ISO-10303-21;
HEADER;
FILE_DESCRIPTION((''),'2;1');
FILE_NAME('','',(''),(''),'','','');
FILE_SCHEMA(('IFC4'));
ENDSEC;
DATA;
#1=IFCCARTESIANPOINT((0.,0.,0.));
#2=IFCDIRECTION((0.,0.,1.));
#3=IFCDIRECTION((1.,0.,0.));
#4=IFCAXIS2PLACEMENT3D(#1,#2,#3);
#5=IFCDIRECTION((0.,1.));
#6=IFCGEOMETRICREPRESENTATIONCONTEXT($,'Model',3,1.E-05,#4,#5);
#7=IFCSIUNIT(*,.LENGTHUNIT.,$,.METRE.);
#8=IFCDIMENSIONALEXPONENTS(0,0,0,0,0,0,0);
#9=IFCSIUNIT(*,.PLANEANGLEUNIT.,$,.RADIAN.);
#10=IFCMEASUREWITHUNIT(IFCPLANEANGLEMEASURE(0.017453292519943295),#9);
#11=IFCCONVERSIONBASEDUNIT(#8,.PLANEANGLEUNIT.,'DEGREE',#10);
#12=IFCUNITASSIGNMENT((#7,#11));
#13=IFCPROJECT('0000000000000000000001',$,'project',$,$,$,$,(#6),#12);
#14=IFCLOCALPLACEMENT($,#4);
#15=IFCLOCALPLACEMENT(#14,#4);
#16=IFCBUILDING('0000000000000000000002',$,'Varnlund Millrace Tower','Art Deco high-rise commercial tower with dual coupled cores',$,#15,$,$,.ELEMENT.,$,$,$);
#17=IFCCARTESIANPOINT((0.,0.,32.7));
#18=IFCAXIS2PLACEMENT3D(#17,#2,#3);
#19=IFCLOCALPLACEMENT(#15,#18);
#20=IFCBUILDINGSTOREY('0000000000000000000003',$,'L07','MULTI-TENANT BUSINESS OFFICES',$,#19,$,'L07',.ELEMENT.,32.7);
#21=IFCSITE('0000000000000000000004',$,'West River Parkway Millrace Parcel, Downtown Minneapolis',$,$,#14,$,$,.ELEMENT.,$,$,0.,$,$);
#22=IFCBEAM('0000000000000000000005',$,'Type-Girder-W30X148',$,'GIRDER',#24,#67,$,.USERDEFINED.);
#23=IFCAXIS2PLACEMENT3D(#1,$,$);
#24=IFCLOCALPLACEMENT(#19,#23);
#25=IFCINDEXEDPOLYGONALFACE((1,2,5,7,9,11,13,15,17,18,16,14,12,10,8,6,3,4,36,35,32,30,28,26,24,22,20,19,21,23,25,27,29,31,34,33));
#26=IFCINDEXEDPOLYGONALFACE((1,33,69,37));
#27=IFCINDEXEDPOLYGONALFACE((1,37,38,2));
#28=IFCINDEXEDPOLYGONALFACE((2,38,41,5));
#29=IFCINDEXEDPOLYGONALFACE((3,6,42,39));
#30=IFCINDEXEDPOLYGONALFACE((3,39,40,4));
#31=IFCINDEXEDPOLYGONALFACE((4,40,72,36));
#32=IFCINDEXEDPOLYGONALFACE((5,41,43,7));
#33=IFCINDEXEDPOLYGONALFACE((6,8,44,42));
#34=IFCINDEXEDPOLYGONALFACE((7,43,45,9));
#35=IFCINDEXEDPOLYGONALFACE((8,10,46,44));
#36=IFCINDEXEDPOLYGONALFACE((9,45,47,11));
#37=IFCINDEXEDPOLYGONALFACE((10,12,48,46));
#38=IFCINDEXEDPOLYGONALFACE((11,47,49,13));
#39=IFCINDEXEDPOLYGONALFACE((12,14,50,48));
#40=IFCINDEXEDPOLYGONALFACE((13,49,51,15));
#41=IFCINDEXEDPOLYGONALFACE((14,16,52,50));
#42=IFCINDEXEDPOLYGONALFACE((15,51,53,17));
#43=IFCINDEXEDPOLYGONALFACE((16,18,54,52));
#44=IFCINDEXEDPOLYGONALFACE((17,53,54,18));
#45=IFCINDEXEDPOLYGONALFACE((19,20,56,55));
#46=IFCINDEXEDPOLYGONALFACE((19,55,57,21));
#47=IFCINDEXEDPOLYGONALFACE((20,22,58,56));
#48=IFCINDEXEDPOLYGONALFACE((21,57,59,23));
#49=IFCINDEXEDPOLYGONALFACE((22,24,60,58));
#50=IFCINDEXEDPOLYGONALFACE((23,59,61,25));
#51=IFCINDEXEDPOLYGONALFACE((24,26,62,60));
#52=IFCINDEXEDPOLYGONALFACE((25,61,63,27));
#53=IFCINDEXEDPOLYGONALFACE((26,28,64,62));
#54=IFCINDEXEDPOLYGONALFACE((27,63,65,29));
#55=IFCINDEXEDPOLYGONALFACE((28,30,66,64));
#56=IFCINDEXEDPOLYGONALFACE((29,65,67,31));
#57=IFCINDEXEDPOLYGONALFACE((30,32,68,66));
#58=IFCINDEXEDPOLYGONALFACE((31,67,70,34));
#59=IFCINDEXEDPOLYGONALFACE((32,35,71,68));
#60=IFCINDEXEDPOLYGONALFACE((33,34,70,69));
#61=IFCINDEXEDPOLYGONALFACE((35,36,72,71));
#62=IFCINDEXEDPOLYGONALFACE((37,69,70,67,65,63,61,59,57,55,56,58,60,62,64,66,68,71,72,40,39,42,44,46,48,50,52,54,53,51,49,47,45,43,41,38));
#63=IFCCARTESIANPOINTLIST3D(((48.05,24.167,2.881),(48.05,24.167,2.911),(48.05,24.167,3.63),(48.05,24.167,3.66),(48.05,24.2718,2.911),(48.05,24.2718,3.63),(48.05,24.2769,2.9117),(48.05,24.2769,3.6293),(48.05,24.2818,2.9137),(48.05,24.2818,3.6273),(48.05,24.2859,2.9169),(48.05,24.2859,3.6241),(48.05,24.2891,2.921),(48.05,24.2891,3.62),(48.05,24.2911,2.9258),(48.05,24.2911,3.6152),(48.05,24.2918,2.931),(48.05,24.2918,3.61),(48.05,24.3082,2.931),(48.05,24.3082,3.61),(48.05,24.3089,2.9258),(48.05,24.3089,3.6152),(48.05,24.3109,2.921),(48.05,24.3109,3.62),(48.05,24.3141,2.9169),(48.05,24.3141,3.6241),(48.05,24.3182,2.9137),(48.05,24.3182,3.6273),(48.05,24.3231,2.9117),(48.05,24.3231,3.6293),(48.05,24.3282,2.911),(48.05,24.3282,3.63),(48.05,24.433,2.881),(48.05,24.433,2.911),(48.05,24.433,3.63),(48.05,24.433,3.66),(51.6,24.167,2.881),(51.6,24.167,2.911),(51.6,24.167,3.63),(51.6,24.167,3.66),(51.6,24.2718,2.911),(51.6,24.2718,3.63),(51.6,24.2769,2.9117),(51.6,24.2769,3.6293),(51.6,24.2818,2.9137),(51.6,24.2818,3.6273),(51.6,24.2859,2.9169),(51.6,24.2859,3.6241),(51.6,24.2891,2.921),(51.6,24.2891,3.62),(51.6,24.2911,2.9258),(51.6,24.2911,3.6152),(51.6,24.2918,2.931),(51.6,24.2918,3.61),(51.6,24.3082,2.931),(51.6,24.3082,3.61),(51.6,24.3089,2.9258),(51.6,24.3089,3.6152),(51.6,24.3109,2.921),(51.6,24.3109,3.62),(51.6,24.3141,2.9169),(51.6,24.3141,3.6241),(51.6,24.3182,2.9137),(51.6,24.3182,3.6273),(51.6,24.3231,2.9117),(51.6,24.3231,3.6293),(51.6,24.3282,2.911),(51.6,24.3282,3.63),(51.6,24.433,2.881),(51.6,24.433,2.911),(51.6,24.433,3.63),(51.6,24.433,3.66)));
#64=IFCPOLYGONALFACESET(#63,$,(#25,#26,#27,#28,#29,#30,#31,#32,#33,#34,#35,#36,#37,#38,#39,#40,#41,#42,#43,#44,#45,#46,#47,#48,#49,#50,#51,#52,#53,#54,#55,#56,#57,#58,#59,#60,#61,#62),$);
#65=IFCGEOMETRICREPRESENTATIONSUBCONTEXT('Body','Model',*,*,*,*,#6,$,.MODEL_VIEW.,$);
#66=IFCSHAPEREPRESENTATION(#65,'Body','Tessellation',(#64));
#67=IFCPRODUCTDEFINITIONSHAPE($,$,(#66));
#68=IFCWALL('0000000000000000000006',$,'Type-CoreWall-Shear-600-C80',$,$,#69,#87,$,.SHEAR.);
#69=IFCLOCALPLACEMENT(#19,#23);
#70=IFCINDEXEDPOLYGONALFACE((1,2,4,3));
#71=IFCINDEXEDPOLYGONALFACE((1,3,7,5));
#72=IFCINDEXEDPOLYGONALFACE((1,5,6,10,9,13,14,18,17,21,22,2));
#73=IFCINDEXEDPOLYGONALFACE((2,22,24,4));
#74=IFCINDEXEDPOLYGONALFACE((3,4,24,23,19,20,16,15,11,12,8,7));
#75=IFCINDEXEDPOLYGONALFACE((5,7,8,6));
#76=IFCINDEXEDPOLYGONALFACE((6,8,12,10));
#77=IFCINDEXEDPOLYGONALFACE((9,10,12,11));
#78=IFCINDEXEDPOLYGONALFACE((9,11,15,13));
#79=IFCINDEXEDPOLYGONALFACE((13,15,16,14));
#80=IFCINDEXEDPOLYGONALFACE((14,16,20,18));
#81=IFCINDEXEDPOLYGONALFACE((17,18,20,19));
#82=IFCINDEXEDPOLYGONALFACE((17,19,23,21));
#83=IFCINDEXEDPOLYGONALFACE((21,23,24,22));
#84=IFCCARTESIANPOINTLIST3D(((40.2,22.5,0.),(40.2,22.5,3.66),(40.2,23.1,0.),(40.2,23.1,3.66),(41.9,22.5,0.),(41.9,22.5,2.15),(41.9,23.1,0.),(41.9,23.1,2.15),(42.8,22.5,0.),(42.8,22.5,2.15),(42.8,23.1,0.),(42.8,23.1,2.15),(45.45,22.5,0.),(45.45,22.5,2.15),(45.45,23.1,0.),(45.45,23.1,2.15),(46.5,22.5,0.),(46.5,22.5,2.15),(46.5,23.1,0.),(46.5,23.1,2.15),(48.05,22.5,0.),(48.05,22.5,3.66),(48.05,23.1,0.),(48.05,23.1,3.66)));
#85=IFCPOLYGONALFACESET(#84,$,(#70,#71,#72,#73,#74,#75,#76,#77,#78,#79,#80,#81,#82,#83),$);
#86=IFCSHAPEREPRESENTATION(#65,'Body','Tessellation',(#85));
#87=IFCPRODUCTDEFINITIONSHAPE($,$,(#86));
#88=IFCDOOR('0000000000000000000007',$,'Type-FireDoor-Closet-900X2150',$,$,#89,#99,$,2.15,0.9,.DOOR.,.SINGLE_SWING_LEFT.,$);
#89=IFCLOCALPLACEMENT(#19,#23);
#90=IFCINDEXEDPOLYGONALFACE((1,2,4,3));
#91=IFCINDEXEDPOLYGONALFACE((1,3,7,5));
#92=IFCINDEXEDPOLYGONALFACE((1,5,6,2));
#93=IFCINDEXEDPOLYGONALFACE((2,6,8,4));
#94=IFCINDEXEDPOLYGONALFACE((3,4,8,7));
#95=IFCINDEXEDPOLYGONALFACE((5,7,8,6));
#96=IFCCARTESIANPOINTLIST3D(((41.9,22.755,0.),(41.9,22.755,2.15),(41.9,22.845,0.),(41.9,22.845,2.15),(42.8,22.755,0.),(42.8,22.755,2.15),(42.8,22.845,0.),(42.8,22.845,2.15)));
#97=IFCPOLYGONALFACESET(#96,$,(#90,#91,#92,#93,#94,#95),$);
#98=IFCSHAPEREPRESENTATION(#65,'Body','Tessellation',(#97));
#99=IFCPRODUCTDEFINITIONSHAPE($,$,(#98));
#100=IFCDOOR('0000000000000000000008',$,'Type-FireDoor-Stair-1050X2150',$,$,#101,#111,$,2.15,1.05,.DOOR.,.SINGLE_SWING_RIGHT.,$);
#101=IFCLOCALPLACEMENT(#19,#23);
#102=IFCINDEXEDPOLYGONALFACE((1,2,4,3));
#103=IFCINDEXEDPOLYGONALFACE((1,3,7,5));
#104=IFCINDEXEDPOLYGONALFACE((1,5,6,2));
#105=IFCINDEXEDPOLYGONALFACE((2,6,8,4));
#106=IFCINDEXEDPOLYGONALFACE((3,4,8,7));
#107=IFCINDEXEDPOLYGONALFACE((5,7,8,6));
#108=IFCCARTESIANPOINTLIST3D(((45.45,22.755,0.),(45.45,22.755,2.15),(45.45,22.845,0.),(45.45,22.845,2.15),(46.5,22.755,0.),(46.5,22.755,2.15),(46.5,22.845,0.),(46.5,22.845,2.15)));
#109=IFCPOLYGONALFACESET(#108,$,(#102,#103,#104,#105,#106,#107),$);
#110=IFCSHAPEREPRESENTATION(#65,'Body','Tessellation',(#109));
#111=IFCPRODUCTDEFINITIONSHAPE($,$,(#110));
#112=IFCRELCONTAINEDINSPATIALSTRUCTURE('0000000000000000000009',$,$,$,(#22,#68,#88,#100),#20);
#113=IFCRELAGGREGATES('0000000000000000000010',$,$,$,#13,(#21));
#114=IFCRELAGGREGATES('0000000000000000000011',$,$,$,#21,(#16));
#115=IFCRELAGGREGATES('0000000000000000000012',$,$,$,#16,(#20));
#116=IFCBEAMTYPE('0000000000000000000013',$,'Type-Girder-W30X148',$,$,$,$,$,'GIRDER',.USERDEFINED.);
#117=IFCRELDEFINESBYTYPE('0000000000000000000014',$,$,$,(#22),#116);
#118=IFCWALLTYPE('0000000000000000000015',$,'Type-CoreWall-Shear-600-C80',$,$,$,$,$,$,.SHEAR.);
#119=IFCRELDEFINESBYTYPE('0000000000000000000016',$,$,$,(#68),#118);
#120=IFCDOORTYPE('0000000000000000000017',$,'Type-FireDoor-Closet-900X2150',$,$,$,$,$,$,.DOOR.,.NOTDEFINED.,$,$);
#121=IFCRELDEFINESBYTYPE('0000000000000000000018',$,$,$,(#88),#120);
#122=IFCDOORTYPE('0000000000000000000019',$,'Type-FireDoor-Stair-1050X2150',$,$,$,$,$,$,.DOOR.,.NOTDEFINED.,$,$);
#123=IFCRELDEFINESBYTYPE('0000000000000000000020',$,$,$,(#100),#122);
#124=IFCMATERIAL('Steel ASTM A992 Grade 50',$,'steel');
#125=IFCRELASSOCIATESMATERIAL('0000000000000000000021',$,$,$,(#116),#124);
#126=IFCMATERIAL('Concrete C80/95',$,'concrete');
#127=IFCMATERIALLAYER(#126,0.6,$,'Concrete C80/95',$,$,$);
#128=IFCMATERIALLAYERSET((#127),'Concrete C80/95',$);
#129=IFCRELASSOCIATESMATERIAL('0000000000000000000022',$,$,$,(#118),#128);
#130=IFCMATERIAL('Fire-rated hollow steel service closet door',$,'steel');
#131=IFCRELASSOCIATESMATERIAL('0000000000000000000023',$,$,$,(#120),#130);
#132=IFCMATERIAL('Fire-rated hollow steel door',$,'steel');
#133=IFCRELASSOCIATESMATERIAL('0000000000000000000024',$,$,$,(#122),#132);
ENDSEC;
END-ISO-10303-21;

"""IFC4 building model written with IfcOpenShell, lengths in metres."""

from ifc_helpers import new_model, entity, si_unit, converted_unit, direction, frame, origin_with_axes, origin_2d_with_axis, place, context, subcontext, project, spatial, polyline, rectangle, i_section, outline, extrude, material, layer, layer_set, material_profile, profile_set, type_object, element, fill, save


model = new_model("IFC4")

# Units and contexts
model_context = context("Model", 3, precision=1e-05, world=origin_with_axes(), true_north=direction((0.0, 1.0)))
body_context = subcontext(model_context, "Body", "Model", "MODEL_VIEW")
ifc_project = project(units=[si_unit("LENGTHUNIT", "METRE"), converted_unit("PLANEANGLEUNIT", "DEGREE", entity("IfcPlaneAngleMeasure", 0.017453292519943295), si_unit("PLANEANGLEUNIT", "RADIAN"), dimensions=[0, 0, 0, 0, 0, 0, 0])], contexts=[model_context])

# Site, building, storey
site_placement = place(None, origin_with_axes())
site = spatial("IfcSite", under=ifc_project, at=site_placement, Name="West River Parkway Millrace Parcel, Downtown Minneapolis", CompositionType="ELEMENT", RefElevation=0.0)
building_placement = place(site_placement, origin_with_axes())
building = spatial("IfcBuilding", under=site, at=building_placement, Name="Varnlund Millrace Tower", Description="Art Deco high-rise commercial tower with dual coupled cores", CompositionType="ELEMENT")
storey_placement = place(building_placement, frame((0.0, 0.0, 32.7), z_axis=(0.0, 0.0, 1.0), x_axis=(1.0, 0.0, 0.0)))
storey = spatial("IfcBuildingStorey", under=building, at=storey_placement, Name="L07", Description="MULTI-TENANT BUSINESS OFFICES", LongName="L07", CompositionType="ELEMENT", Elevation=32.7)

# Shared definitions
ifc_material_1 = material(Name="Concrete C80/95", Category="concrete")

# Beam
ifc_material_2 = material(Name="Steel ASTM A992 Grade 50", Category="steel")
ifc_material_profile_1 = material_profile(ifc_material_2, i_section(OverallWidth=0.266, OverallDepth=0.779, WebThickness=0.0165, FlangeThickness=0.03, FilletRadius=0.02, at=origin_2d_with_axis()), Name="Steel ASTM A992 Grade 50")
ifc_profile_set_1 = profile_set([ifc_material_profile_1], Name="Steel ASTM A992 Grade 50")
beam_type_1 = type_object("IfcBeamType", Name="Type-Girder-W30X148", ElementType="GIRDER", PredefinedType="USERDEFINED", material=ifc_profile_set_1)
beam_1_placement = place(storey_placement, frame((48.05, 24.3, 3.2705), z_axis=(1.0, 0.0, 0.0), x_axis=(0.0, 1.0, 0.0)))
element("IfcBeam", 1, at=beam_1_placement, inside=storey, type_object=beam_type_1, Name="Type-Girder-W30X148", ObjectType="GIRDER", PredefinedType="USERDEFINED", context=body_context, shape_type="SweptSolid", body=[
    extrude(i_section(OverallWidth=0.266, OverallDepth=0.779, WebThickness=0.0165, FlangeThickness=0.03, FilletRadius=0.02, at=origin_2d_with_axis()), origin_with_axes(), (0.0, 0.0, 1.0), 3.55),
])

# Wall, openings, doors
ifc_layer_1 = layer(ifc_material_1, 0.6, Name="Concrete C80/95")
ifc_layer_set_1 = layer_set([ifc_layer_1], Name="Concrete C80/95")
wall_type_1 = type_object("IfcWallType", Name="Type-CoreWall-Shear-600-C80", PredefinedType="SHEAR", material=ifc_layer_set_1)
wall_1_placement = place(storey_placement, frame((40.2, 22.8, 0.0), z_axis=(0.0, 0.0, 1.0), x_axis=(1.0, 0.0, 0.0)))
wall_1 = element("IfcWall", 2, at=wall_1_placement, inside=storey, type_object=wall_type_1, Name="Type-CoreWall-Shear-600-C80", PredefinedType="SHEAR", context=body_context, shape_type="SweptSolid", body=[
    extrude(outline(polyline([(0.0, -0.3), (7.85, -0.3), (7.85, 0.3), (0.0, 0.3), (0.0, -0.3)])), origin_with_axes(), (0.0, 0.0, 1.0), 3.66),
])
opening_1_placement = place(wall_1_placement, frame((5.775, 0.0, 0.0), z_axis=(0.0, 0.0, 1.0), x_axis=(1.0, 0.0, 0.0)))
opening_1 = element("IfcOpeningElement", 3, at=opening_1_placement, cuts=wall_1, PredefinedType="OPENING", context=body_context, shape_type="SweptSolid", body=[
    extrude(rectangle(XDim=1.05, YDim=0.62, at=origin_2d_with_axis()), origin_with_axes(), (0.0, 0.0, 1.0), 2.15),
])
opening_2_placement = place(wall_1_placement, frame((2.15, 0.0, 0.0), z_axis=(0.0, 0.0, 1.0), x_axis=(1.0, 0.0, 0.0)))
opening_2 = element("IfcOpeningElement", 4, at=opening_2_placement, cuts=wall_1, PredefinedType="OPENING", context=body_context, shape_type="SweptSolid", body=[
    extrude(rectangle(XDim=0.9, YDim=0.62, at=origin_2d_with_axis()), origin_with_axes(), (0.0, 0.0, 1.0), 2.15),
])
ifc_material_3 = material(Name="Fire-rated hollow steel service closet door", Category="steel")
door_type_1 = type_object("IfcDoorType", Name="Type-FireDoor-Closet-900X2150", OperationType="NOTDEFINED", PredefinedType="DOOR", material=ifc_material_3)
door_1_placement = place(wall_1_placement, frame((2.15, 0.0, 0.0), z_axis=(0.0, 0.0, 1.0), x_axis=(1.0, 0.0, 0.0)))
door_1 = element("IfcDoor", 5, at=door_1_placement, inside=storey, type_object=door_type_1, Name="Type-FireDoor-Closet-900X2150", OperationType="SINGLE_SWING_LEFT", OverallHeight=2.15, OverallWidth=0.9, PredefinedType="DOOR", context=body_context, shape_type="SweptSolid", body=[
    extrude(rectangle(XDim=0.9, YDim=0.09, at=origin_2d_with_axis()), origin_with_axes(), (0.0, 0.0, 1.0), 2.15),
])
fill(opening_2, door_1)
ifc_material_4 = material(Name="Fire-rated hollow steel door", Category="steel")
door_type_2 = type_object("IfcDoorType", Name="Type-FireDoor-Stair-1050X2150", OperationType="NOTDEFINED", PredefinedType="DOOR", material=ifc_material_4)
door_2_placement = place(wall_1_placement, frame((5.775, 0.0, 0.0), z_axis=(0.0, 0.0, 1.0), x_axis=(1.0, 0.0, 0.0)))
door_2 = element("IfcDoor", 6, at=door_2_placement, inside=storey, type_object=door_type_2, Name="Type-FireDoor-Stair-1050X2150", OperationType="SINGLE_SWING_RIGHT", OverallHeight=2.15, OverallWidth=1.05, PredefinedType="DOOR", context=body_context, shape_type="SweptSolid", body=[
    extrude(rectangle(XDim=1.05, YDim=0.09, at=origin_2d_with_axis()), origin_with_axes(), (0.0, 0.0, 1.0), 2.15),
])
fill(opening_1, door_2)

save(model, "model.ifc")
